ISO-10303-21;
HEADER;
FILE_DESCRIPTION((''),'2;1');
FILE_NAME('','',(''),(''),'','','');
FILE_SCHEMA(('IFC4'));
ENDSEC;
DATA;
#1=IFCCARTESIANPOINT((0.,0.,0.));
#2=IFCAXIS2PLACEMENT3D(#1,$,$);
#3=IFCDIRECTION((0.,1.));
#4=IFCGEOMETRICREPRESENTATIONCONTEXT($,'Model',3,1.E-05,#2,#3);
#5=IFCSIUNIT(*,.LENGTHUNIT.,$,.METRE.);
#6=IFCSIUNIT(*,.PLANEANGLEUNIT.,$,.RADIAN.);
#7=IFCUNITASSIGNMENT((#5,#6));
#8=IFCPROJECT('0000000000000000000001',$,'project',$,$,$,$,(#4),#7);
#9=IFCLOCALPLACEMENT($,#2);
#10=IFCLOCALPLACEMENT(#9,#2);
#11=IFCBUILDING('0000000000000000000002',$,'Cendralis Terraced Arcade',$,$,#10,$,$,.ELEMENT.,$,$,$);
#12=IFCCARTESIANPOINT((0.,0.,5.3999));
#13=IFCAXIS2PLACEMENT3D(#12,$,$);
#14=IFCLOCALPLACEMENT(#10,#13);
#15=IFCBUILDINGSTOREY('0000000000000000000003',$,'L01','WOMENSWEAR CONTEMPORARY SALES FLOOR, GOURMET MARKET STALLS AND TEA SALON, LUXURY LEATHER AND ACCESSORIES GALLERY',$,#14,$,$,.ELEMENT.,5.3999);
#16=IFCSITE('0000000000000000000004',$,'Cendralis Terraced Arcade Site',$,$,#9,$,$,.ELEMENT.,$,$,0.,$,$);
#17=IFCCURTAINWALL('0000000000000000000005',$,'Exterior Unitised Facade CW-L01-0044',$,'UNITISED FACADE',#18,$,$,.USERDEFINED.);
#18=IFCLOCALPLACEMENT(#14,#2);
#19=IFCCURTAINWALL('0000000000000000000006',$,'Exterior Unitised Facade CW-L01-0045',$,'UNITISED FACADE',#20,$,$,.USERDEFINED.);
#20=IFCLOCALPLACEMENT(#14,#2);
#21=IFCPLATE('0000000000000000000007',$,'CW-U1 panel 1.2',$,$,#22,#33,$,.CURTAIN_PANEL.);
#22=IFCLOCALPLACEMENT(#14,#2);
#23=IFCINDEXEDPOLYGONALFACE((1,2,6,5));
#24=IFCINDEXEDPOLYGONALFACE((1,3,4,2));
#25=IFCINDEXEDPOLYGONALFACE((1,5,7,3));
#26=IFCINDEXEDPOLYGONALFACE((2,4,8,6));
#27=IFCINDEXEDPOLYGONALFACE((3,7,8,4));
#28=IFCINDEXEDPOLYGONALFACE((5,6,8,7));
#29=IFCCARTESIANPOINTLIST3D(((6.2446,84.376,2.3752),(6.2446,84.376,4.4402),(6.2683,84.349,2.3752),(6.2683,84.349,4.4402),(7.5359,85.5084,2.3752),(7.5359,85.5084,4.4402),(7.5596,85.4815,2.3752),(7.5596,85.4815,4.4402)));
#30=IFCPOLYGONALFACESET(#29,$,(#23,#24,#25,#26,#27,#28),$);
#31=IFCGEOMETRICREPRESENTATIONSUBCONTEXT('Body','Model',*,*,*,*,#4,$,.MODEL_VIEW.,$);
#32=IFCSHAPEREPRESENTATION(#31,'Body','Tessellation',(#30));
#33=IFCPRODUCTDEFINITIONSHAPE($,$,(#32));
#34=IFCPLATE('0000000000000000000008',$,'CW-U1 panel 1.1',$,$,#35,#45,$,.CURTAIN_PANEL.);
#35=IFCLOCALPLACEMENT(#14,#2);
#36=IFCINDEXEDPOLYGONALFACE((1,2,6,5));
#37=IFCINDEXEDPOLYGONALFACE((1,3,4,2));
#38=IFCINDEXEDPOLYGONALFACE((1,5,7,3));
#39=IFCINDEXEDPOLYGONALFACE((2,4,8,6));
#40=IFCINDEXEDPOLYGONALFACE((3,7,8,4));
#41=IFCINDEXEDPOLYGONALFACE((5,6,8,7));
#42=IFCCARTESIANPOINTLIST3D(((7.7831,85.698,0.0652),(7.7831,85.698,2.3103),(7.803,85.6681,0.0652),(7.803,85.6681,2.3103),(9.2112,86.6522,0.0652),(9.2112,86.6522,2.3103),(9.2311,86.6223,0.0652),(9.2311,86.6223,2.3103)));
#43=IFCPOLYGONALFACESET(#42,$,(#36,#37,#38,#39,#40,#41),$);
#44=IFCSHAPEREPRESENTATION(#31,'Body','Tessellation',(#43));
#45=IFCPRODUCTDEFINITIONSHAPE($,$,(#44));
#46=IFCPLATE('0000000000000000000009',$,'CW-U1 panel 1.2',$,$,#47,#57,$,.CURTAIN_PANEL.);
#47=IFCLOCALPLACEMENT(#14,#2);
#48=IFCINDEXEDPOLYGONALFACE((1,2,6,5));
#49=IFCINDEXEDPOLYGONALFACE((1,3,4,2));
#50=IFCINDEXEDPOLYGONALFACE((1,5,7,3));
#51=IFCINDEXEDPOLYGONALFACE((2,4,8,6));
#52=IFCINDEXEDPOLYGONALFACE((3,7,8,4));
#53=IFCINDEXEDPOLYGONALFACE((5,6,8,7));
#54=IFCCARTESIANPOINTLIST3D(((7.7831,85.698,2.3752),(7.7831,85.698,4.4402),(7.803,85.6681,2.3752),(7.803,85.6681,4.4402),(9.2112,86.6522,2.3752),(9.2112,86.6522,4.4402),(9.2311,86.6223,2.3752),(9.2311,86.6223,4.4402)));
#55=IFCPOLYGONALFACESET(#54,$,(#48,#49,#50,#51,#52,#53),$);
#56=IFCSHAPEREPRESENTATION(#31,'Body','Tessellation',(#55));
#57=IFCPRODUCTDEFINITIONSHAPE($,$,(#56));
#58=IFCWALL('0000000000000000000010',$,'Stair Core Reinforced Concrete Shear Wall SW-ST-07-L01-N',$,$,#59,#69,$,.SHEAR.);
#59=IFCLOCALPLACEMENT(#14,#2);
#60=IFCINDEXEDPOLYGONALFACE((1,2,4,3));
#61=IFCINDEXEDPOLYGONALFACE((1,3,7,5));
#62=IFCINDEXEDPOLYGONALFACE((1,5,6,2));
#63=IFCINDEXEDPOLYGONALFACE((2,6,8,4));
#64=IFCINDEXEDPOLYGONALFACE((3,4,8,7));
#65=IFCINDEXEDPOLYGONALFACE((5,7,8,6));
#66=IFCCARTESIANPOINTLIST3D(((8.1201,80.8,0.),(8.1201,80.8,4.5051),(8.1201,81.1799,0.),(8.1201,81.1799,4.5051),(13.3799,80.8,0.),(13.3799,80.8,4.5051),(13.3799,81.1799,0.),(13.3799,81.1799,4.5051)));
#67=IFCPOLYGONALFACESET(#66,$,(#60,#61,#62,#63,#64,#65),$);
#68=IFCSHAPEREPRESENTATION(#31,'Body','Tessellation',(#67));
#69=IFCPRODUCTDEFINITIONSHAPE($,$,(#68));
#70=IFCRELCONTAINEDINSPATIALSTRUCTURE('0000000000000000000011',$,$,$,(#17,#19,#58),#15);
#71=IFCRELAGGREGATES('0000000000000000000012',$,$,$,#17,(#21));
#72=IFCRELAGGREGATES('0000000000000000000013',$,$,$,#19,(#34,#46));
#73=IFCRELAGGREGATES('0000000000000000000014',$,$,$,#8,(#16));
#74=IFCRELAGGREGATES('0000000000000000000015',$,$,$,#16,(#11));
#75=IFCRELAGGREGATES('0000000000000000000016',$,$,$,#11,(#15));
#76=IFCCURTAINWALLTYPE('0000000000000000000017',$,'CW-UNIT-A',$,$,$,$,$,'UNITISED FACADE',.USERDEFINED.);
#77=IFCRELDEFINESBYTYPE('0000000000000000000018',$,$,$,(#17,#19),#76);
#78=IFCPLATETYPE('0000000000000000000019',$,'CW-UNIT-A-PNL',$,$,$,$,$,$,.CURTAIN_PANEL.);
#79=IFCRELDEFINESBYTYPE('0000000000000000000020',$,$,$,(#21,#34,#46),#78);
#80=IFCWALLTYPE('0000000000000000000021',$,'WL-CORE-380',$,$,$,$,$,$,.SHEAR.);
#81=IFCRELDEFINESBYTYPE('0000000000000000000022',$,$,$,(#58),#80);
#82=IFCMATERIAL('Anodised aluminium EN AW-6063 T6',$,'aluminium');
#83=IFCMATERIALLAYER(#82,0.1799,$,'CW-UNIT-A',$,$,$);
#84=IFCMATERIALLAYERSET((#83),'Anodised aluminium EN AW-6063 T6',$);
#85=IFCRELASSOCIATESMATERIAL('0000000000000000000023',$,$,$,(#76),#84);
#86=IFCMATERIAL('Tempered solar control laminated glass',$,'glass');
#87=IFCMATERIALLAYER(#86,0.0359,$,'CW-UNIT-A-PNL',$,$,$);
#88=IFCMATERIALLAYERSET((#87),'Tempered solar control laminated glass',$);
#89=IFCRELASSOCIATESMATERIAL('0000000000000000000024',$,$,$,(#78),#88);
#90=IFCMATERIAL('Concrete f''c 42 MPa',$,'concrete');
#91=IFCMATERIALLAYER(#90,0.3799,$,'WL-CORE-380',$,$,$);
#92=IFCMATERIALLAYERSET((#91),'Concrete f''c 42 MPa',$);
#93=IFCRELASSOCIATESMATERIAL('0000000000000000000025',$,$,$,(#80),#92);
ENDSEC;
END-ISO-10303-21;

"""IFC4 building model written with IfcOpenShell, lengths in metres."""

from ifc_helpers import new_model, si_unit, direction, frame, frame_2d, origin, origin_2d, place, context, subcontext, project, spatial, rectangle, extrude, material, layer, layer_set, type_object, element, aggregate, save


model = new_model("IFC4")

# Units and contexts
model_context = context("Model", 3, precision=1e-05, world=origin(), true_north=direction((0.0, 1.0)))
body_context = subcontext(model_context, "Body", "Model", "MODEL_VIEW")
ifc_project = project(units=[si_unit("LENGTHUNIT", "METRE"), si_unit("PLANEANGLEUNIT", "RADIAN")], contexts=[model_context])

# Site, building, storey
site_placement = place(None, origin())
site = spatial("IfcSite", under=ifc_project, at=site_placement, Name="Cendralis Terraced Arcade Site", CompositionType="ELEMENT", RefElevation=0.0)
building_placement = place(site_placement, origin())
building = spatial("IfcBuilding", under=site, at=building_placement, Name="Cendralis Terraced Arcade", CompositionType="ELEMENT")
storey_placement = place(building_placement, frame((0.0, 0.0, 5.3999)))
storey = spatial("IfcBuildingStorey", under=building, at=storey_placement, Name="L01", Description="WOMENSWEAR CONTEMPORARY SALES FLOOR, GOURMET MARKET STALLS AND TEA SALON, LUXURY LEATHER AND ACCESSORIES GALLERY", CompositionType="ELEMENT", Elevation=5.3999)

# Shared definitions
ifc_material_1 = material(Name="Anodised aluminium EN AW-6063 T6", Category="aluminium")
ifc_layer_1 = layer(ifc_material_1, 0.1799, Name="CW-UNIT-A")
ifc_layer_set_1 = layer_set([ifc_layer_1], Name="Anodised aluminium EN AW-6063 T6")
curtain_wall_type = type_object("IfcCurtainWallType", Name="CW-UNIT-A", ElementType="UNITISED FACADE", PredefinedType="USERDEFINED", material=ifc_layer_set_1)

# Curtain walls
curtain_wall_1_placement = place(storey_placement, origin())
curtain_wall_1 = element("IfcCurtainWall", 1, at=curtain_wall_1_placement, inside=storey, type_object=curtain_wall_type, Name="Exterior Unitised Facade CW-L01-0044", ObjectType="UNITISED FACADE", PredefinedType="USERDEFINED")
curtain_wall_2_placement = place(storey_placement, origin())
curtain_wall_2 = element("IfcCurtainWall", 2, at=curtain_wall_2_placement, inside=storey, type_object=curtain_wall_type, Name="Exterior Unitised Facade CW-L01-0045", ObjectType="UNITISED FACADE", PredefinedType="USERDEFINED")

# Plates
ifc_material_2 = material(Name="Tempered solar control laminated glass", Category="glass")
ifc_layer_2 = layer(ifc_material_2, 0.0359, Name="CW-UNIT-A-PNL")
ifc_layer_set_2 = layer_set([ifc_layer_2], Name="Tempered solar control laminated glass")
plate_type = type_object("IfcPlateType", Name="CW-UNIT-A-PNL", PredefinedType="CURTAIN_PANEL", material=ifc_layer_set_2)
plate_1_placement = place(storey_placement, frame((6.9021, 84.9287, 2.3752), z_axis=(0.0, 0.0, 1.0), x_axis=(0.751818, 0.65937, 0.0)))
plate_1 = element("IfcPlate", 3, at=plate_1_placement, type_object=plate_type, Name="CW-U1 panel 1.2", PredefinedType="CURTAIN_PANEL", context=body_context, shape_type="SweptSolid", body=[
    extrude(rectangle(XDim=1.7175, YDim=0.0359, at=origin_2d()), origin(), (0.0, 0.0, 1.0), 2.0649),
])
aggregate(curtain_wall_1, [plate_1])
plate_2_placement = place(storey_placement, frame((8.5071, 86.1602, 0.0652), z_axis=(0.0, 0.0, 1.0), x_axis=(0.831484, 0.555549, 0.0)))
plate_2 = element("IfcPlate", 4, at=plate_2_placement, type_object=plate_type, Name="CW-U1 panel 1.1", PredefinedType="CURTAIN_PANEL", context=body_context, shape_type="SweptSolid", body=[
    extrude(rectangle(XDim=1.7175, YDim=0.0359, at=origin_2d()), origin(), (0.0, 0.0, 1.0), 2.2451),
])
plate_3_placement = place(storey_placement, frame((8.5071, 86.1602, 2.3752), z_axis=(0.0, 0.0, 1.0), x_axis=(0.831484, 0.555549, 0.0)))
plate_3 = element("IfcPlate", 5, at=plate_3_placement, type_object=plate_type, Name="CW-U1 panel 1.2", PredefinedType="CURTAIN_PANEL", context=body_context, shape_type="SweptSolid", body=[
    extrude(rectangle(XDim=1.7175, YDim=0.0359, at=origin_2d()), origin(), (0.0, 0.0, 1.0), 2.0649),
])
aggregate(curtain_wall_2, [plate_2, plate_3])

# Wall
ifc_material_3 = material(Name="Concrete f'c 42 MPa", Category="concrete")
ifc_layer_3 = layer(ifc_material_3, 0.3799, Name="WL-CORE-380")
ifc_layer_set_3 = layer_set([ifc_layer_3], Name="Concrete f'c 42 MPa")
wall_type = type_object("IfcWallType", Name="WL-CORE-380", PredefinedType="SHEAR", material=ifc_layer_set_3)
wall_placement = place(storey_placement, frame((8.1201, 80.99, 0.0), z_axis=(0.0, 0.0, 1.0), x_axis=(1.0, 0.0, 0.0)))
element("IfcWall", 6, at=wall_placement, inside=storey, type_object=wall_type, Name="Stair Core Reinforced Concrete Shear Wall SW-ST-07-L01-N", PredefinedType="SHEAR", context=body_context, shape_type="SweptSolid", body=[
    extrude(rectangle(XDim=5.2598, YDim=0.3799, at=frame_2d((2.6299, 0.0))), origin(), (0.0, 0.0, 1.0), 4.5051),
])

save(model, "model.ifc")
